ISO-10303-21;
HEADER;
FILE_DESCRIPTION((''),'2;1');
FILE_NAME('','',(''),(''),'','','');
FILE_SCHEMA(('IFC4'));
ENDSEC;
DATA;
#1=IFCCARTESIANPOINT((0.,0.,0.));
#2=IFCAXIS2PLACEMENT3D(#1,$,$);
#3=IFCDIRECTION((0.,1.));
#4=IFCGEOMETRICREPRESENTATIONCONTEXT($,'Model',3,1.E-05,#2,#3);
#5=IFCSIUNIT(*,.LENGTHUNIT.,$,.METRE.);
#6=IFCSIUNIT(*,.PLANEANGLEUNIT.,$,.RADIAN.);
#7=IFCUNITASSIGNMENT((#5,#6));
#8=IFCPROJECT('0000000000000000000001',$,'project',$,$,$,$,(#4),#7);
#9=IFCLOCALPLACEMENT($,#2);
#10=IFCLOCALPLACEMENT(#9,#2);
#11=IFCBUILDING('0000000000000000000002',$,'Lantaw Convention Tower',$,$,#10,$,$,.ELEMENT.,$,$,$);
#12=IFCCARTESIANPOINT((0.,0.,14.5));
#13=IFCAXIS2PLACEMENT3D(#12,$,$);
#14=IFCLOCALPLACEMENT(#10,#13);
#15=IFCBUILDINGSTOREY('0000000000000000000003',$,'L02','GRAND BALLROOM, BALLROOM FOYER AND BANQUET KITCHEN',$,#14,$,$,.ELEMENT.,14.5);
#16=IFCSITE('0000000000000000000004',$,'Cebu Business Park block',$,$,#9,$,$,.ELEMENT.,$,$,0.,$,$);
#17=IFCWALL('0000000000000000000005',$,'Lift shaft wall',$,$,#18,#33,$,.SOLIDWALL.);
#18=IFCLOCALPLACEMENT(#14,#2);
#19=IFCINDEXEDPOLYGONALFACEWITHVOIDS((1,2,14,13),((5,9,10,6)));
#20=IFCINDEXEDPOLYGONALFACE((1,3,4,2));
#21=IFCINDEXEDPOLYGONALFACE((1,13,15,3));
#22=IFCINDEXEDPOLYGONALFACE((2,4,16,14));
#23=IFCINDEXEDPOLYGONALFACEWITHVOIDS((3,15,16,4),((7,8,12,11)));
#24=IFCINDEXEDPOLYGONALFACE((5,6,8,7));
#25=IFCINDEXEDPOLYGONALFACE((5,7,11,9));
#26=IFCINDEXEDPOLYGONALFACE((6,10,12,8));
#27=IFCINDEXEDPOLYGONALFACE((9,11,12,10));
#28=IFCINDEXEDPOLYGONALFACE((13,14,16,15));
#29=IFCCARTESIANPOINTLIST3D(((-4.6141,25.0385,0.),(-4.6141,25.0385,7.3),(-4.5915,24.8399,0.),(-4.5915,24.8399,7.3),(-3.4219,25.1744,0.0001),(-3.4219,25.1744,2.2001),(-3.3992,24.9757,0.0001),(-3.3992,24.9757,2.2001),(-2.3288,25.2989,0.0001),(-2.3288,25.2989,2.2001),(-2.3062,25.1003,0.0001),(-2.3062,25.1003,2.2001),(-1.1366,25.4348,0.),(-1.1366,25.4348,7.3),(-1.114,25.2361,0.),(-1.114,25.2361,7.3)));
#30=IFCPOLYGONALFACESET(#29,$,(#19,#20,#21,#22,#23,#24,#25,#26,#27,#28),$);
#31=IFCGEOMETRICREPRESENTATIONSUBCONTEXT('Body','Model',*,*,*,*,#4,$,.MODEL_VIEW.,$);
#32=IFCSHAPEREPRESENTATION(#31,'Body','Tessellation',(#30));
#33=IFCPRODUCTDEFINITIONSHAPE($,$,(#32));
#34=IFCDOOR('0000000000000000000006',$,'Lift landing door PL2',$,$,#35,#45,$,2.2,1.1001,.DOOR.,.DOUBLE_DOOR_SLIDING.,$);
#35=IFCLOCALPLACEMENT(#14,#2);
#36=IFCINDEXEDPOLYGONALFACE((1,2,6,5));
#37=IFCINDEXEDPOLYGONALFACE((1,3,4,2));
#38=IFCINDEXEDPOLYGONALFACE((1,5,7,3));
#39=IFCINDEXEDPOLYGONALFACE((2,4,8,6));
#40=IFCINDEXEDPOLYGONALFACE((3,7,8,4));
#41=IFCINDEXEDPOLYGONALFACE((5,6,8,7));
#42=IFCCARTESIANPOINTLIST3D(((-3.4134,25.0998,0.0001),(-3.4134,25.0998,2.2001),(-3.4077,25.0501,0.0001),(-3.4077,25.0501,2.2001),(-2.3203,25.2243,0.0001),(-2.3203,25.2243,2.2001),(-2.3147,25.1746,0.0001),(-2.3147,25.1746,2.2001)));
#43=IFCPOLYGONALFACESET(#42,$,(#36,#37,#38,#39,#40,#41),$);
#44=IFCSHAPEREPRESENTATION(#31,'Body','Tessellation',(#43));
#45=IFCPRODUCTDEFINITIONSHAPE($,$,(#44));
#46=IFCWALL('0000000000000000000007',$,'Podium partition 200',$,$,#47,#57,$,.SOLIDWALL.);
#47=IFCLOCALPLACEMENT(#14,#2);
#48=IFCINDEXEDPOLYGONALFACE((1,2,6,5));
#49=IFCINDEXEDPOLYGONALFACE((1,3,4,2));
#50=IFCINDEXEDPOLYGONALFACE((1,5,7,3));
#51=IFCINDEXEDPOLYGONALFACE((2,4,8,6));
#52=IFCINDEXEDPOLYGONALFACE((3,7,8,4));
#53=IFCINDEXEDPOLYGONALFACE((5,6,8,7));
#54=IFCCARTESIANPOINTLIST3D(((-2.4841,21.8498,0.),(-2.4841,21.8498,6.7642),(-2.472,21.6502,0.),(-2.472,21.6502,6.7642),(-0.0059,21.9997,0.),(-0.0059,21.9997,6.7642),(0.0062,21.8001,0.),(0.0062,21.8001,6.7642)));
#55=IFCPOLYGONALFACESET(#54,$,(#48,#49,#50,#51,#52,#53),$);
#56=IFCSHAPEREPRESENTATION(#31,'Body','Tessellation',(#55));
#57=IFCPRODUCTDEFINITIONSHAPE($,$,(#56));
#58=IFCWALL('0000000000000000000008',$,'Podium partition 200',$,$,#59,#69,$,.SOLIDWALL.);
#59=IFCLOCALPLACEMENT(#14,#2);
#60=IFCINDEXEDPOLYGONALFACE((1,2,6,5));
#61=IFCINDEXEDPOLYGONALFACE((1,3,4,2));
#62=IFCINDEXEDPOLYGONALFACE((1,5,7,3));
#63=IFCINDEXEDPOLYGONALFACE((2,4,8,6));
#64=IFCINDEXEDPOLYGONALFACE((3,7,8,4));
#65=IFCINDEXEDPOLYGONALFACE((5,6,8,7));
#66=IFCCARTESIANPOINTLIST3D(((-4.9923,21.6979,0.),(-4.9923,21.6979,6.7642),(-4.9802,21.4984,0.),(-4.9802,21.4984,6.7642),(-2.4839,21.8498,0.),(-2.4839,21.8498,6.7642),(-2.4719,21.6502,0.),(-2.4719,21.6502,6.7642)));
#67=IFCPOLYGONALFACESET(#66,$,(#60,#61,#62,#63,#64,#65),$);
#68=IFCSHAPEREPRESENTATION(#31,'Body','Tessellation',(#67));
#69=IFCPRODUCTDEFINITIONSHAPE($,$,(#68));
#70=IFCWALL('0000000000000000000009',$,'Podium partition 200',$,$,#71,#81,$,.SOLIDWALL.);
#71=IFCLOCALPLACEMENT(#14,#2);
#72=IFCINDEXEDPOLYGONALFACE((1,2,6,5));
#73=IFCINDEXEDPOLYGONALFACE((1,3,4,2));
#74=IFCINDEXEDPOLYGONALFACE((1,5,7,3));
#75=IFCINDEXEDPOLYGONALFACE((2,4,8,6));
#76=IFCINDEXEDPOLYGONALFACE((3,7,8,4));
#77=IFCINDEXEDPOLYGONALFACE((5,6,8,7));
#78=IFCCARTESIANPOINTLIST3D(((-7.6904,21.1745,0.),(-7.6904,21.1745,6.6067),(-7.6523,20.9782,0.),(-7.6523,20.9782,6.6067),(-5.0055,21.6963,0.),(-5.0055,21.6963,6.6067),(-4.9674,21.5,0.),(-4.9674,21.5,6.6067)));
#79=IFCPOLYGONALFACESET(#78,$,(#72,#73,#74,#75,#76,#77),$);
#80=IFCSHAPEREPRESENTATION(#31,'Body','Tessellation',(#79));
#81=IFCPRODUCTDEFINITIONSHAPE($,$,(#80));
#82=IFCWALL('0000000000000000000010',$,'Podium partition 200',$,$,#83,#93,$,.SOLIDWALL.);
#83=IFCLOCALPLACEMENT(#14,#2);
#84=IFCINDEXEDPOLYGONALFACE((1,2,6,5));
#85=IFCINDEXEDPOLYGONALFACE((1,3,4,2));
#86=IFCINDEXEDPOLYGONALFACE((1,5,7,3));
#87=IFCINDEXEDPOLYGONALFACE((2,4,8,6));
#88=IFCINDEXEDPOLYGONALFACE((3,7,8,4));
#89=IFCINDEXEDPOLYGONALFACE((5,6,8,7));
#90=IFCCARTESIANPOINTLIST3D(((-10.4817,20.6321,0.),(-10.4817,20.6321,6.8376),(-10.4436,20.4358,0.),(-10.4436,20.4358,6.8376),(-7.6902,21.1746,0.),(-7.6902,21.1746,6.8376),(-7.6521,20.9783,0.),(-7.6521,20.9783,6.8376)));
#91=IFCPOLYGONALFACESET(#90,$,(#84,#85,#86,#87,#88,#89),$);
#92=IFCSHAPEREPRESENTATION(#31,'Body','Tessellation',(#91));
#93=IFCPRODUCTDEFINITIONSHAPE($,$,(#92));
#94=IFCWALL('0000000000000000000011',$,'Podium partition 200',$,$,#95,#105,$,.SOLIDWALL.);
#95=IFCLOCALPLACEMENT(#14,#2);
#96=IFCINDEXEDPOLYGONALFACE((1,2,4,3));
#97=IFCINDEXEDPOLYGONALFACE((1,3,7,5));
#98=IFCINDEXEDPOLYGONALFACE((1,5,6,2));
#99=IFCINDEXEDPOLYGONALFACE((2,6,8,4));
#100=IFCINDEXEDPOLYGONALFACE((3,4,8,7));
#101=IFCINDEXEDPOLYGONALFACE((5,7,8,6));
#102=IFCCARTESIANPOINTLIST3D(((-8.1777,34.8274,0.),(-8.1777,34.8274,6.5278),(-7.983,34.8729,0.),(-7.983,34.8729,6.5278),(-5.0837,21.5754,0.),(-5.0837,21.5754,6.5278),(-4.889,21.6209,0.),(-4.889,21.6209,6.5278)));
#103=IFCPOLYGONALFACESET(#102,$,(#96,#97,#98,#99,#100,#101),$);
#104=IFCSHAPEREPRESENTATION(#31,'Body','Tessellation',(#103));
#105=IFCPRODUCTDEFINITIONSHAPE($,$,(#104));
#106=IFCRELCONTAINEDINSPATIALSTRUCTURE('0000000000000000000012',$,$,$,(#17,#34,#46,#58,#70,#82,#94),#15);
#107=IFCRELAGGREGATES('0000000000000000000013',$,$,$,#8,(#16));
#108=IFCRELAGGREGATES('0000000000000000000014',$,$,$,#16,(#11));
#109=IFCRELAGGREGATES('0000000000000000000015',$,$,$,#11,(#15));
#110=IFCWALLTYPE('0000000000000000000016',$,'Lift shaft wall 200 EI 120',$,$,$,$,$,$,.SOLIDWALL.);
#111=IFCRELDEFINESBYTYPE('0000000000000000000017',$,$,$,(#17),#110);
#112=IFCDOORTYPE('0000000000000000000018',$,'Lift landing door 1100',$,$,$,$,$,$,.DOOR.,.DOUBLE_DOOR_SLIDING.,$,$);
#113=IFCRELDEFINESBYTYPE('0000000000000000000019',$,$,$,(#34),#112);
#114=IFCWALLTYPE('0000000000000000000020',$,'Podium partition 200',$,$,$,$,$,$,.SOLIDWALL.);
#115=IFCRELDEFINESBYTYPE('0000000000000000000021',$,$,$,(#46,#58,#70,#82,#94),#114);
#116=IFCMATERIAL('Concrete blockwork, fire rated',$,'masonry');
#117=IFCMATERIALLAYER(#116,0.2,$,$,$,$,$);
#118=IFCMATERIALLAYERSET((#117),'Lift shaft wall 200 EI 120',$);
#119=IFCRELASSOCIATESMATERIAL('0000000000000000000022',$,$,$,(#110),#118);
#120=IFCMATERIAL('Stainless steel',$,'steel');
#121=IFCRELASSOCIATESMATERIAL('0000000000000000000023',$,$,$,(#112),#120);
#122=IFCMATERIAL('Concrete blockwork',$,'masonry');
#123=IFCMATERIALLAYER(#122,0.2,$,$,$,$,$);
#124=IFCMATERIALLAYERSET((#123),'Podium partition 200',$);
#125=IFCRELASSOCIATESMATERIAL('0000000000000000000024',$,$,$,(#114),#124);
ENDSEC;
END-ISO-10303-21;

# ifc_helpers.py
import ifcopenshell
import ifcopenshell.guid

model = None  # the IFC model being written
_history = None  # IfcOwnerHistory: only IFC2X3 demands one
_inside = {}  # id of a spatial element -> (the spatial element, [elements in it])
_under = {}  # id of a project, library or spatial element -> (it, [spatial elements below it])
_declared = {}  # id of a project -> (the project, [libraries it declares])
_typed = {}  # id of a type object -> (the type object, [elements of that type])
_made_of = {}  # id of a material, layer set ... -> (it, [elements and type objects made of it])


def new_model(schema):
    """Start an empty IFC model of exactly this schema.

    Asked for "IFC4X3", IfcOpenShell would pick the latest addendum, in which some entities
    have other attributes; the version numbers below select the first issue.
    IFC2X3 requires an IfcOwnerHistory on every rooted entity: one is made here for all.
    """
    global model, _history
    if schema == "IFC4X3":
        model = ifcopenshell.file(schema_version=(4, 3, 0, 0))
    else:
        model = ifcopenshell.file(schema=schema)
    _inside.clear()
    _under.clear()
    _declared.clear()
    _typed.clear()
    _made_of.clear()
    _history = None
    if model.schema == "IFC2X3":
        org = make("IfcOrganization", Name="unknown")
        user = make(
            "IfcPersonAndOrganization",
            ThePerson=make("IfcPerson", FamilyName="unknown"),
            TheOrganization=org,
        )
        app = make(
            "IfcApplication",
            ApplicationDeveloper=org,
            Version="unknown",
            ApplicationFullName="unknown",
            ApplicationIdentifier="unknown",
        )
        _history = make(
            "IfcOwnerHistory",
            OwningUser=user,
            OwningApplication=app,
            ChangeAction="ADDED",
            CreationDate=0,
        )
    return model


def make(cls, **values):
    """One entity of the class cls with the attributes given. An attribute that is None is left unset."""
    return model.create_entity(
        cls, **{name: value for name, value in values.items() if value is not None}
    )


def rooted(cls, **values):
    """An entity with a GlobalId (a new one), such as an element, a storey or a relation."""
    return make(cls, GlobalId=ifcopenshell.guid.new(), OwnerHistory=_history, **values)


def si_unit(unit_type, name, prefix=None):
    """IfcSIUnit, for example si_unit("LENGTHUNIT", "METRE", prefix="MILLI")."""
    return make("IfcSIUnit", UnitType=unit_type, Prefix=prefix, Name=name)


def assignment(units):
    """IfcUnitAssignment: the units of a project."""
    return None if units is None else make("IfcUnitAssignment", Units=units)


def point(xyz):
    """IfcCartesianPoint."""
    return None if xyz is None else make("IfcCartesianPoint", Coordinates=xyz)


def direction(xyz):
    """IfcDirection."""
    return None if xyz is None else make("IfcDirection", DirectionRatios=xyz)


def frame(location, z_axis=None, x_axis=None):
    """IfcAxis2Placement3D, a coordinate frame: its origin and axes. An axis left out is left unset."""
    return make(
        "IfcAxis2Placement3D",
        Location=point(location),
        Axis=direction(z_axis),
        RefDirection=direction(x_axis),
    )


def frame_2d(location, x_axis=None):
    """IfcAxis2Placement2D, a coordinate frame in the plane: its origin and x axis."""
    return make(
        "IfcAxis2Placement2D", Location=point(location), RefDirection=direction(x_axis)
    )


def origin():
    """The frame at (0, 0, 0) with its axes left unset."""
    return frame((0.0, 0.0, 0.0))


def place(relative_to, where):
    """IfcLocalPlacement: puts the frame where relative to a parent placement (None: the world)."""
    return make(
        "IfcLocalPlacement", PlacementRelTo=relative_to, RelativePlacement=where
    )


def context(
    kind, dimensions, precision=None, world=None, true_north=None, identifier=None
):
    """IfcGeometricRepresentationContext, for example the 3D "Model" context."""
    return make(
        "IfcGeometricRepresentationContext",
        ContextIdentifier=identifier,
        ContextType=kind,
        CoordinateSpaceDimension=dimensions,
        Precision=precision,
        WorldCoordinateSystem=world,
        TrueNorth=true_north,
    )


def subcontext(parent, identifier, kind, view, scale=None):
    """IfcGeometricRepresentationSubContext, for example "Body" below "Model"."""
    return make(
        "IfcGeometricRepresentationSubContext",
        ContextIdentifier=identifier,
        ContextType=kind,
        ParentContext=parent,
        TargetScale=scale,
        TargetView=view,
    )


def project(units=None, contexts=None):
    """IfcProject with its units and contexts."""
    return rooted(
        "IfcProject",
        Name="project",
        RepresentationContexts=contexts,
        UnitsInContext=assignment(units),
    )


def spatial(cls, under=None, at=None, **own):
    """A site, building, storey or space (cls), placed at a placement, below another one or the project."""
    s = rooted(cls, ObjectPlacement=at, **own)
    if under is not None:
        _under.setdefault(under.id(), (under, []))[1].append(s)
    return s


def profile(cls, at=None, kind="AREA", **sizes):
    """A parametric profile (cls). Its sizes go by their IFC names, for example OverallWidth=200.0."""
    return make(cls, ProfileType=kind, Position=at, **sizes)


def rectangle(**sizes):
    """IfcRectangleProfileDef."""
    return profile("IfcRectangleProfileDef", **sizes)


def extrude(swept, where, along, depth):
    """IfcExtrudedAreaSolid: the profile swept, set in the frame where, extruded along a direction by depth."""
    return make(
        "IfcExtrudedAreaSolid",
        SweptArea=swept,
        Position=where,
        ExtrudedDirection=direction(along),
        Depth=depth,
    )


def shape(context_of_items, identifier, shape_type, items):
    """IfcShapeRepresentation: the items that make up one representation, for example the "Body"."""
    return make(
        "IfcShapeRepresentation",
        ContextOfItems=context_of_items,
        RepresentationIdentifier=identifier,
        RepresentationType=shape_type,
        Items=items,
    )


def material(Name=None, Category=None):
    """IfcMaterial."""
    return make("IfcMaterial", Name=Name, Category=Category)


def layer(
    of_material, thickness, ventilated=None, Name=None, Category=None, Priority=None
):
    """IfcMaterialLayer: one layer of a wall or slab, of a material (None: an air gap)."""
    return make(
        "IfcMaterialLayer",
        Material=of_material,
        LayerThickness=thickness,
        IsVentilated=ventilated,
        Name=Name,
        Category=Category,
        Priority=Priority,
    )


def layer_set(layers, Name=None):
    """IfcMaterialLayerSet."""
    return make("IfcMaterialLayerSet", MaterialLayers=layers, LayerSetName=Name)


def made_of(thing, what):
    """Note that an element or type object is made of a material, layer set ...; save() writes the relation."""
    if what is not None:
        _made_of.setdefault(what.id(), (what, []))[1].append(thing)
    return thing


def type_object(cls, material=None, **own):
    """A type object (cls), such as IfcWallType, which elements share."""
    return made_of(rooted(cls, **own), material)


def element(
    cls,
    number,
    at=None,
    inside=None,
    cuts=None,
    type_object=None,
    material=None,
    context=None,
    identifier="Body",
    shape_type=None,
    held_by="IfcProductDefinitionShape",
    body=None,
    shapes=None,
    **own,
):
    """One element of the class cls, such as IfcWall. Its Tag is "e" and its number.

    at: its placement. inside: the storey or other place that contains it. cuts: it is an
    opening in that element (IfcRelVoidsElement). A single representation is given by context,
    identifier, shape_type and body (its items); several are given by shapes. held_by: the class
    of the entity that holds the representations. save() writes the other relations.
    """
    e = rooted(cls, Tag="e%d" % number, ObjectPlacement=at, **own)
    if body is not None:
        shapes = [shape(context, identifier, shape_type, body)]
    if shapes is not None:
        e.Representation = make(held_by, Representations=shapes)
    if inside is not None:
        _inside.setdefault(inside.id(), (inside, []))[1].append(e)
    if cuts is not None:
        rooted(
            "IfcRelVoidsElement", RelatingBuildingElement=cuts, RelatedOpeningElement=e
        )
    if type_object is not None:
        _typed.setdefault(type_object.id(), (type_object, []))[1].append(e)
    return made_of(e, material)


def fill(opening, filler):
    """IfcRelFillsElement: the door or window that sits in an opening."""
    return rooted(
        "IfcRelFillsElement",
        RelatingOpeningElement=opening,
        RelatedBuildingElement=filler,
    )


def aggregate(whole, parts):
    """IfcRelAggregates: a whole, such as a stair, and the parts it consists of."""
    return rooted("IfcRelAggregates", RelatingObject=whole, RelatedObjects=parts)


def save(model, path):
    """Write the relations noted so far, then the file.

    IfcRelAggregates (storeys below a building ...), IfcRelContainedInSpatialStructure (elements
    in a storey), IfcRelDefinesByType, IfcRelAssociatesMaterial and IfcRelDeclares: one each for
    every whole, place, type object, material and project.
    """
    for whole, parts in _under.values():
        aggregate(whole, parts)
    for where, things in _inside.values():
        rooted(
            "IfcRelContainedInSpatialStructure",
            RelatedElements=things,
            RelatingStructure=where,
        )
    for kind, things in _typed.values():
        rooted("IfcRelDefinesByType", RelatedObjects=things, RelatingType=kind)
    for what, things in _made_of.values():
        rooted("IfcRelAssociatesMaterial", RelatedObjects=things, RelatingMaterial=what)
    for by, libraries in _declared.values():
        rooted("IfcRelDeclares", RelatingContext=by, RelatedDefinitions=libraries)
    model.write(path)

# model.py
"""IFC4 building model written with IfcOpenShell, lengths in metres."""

from ifc_helpers import new_model, si_unit, direction, frame, frame_2d, origin, place, context, subcontext, project, spatial, rectangle, extrude, material, layer, layer_set, type_object, element, fill, save


model = new_model("IFC4")

# Units and contexts
model_context = context("Model", 3, precision=1e-05, world=origin(), true_north=direction((0.0, 1.0)))
body_context = subcontext(model_context, "Body", "Model", "MODEL_VIEW")
ifc_project = project(units=[si_unit("LENGTHUNIT", "METRE"), si_unit("PLANEANGLEUNIT", "RADIAN")], contexts=[model_context])

# Site, building, storey
site_placement = place(None, origin())
site = spatial("IfcSite", under=ifc_project, at=site_placement, Name="Cebu Business Park block", CompositionType="ELEMENT", RefElevation=0.0)
building_placement = place(site_placement, origin())
building = spatial("IfcBuilding", under=site, at=building_placement, Name="Lantaw Convention Tower", CompositionType="ELEMENT")
storey_placement = place(building_placement, frame((0.0, 0.0, 14.5)))
storey = spatial("IfcBuildingStorey", under=building, at=storey_placement, Name="L02", Description="GRAND BALLROOM, BALLROOM FOYER AND BANQUET KITCHEN", CompositionType="ELEMENT", Elevation=14.5)

# Shared definitions
ifc_material_1 = material(Name="Concrete blockwork, fire rated", Category="masonry")
ifc_layer_1 = layer(ifc_material_1, 0.2)
ifc_layer_set_1 = layer_set([ifc_layer_1], Name="Lift shaft wall 200 EI 120")
wall_type_1 = type_object("IfcWallType", Name="Lift shaft wall 200 EI 120", PredefinedType="SOLIDWALL", material=ifc_layer_set_1)

# Wall, opening, door
wall_1_placement = place(storey_placement, frame((-4.6028, 24.9392, 0.0), z_axis=(0.0, 0.0, 1.0), x_axis=(0.993571, 0.11321, 0.0)))
wall_1 = element("IfcWall", 1, at=wall_1_placement, inside=storey, type_object=wall_type_1, Name="Lift shaft wall", PredefinedType="SOLIDWALL", context=body_context, shape_type="SweptSolid", body=[
    extrude(rectangle(XDim=3.5, YDim=0.2, at=frame_2d((1.75, 0.0))), origin(), (0.0, 0.0, 1.0), 7.3),
])
opening_1_placement = place(wall_1_placement, frame((1.2, 0.0, 0.0)))
opening_1 = element("IfcOpeningElement", 2, at=opening_1_placement, cuts=wall_1, PredefinedType="OPENING", context=body_context, shape_type="SweptSolid", body=[
    extrude(rectangle(XDim=1.1001, YDim=2.2, at=frame_2d((0.55, 1.1001))), frame((0.0, 0.1099, 0.0), z_axis=(0.0, -1.0, 0.0), x_axis=(1.0, 0.0, 0.0)), (0.0, 0.0, 1.0), 0.22),
])
ifc_material_2 = material(Name="Stainless steel", Category="steel")
door_type_1 = type_object("IfcDoorType", Name="Lift landing door 1100", OperationType="DOUBLE_DOOR_SLIDING", PredefinedType="DOOR", material=ifc_material_2)
door_1_placement = place(opening_1_placement, origin())
door_1 = element("IfcDoor", 3, at=door_1_placement, inside=storey, type_object=door_type_1, Name="Lift landing door PL2", OperationType="DOUBLE_DOOR_SLIDING", OverallHeight=2.2, OverallWidth=1.1001, PredefinedType="DOOR", context=body_context, shape_type="SweptSolid", body=[
    extrude(rectangle(XDim=1.1001, YDim=2.2, at=frame_2d((0.55, 1.1001))), frame((0.0, 0.0249, 0.0), z_axis=(0.0, -1.0, 0.0), x_axis=(1.0, 0.0, 0.0)), (0.0, 0.0, 1.0), 0.05),
])
fill(opening_1, door_1)

# Walls
ifc_material_3 = material(Name="Concrete blockwork", Category="masonry")
ifc_layer_2 = layer(ifc_material_3, 0.2)
ifc_layer_set_2 = layer_set([ifc_layer_2], Name="Podium partition 200")
wall_type_2 = type_object("IfcWallType", Name="Podium partition 200", PredefinedType="SOLIDWALL", material=ifc_layer_set_2)
wall_2_placement = place(storey_placement, frame((0.0, 21.8999, 0.0), z_axis=(0.0, 0.0, 1.0), x_axis=(-0.998175, -0.060382, 0.0)))
element("IfcWall", 4, at=wall_2_placement, inside=storey, type_object=wall_type_2, Name="Podium partition 200", PredefinedType="SOLIDWALL", context=body_context, shape_type="SweptSolid", body=[
    extrude(rectangle(XDim=2.4827, YDim=0.2, at=frame_2d((1.2412, 0.0))), origin(), (0.0, 0.0, 1.0), 6.7642),
])
wall_3_placement = place(storey_placement, frame((-2.478, 21.75, 0.0), z_axis=(0.0, 0.0, 1.0), x_axis=(-0.998172, -0.060431, 0.0)))
element("IfcWall", 5, at=wall_3_placement, inside=storey, type_object=wall_type_2, Name="Podium partition 200", PredefinedType="SOLIDWALL", context=body_context, shape_type="SweptSolid", body=[
    extrude(rectangle(XDim=2.5129, YDim=0.2, at=frame_2d((1.2563, 0.0))), origin(), (0.0, 0.0, 1.0), 6.7642),
])
wall_4_placement = place(storey_placement, frame((-4.9863, 21.5981, 0.0), z_axis=(0.0, 0.0, 1.0), x_axis=(-0.981637, -0.190757, 0.0)))
element("IfcWall", 6, at=wall_4_placement, inside=storey, type_object=wall_type_2, Name="Podium partition 200", PredefinedType="SOLIDWALL", context=body_context, shape_type="SweptSolid", body=[
    extrude(rectangle(XDim=2.7351, YDim=0.2, at=frame_2d((1.3677, 0.0))), origin(), (0.0, 0.0, 1.0), 6.6067),
])
wall_5_placement = place(storey_placement, frame((-7.6711, 21.0764, 0.0), z_axis=(0.0, 0.0, 1.0), x_axis=(-0.981636, -0.190764, 0.0)))
element("IfcWall", 7, at=wall_5_placement, inside=storey, type_object=wall_type_2, Name="Podium partition 200", PredefinedType="SOLIDWALL", context=body_context, shape_type="SweptSolid", body=[
    extrude(rectangle(XDim=2.8438, YDim=0.2, at=frame_2d((1.4219, 0.0))), origin(), (0.0, 0.0, 1.0), 6.8376),
])

# Wall
wall_6_placement = place(storey_placement, frame((-4.9863, 21.5981, 0.0), z_axis=(0.0, 0.0, 1.0), x_axis=(-0.22736, 0.973811, 0.0)))
element("IfcWall", 8, at=wall_6_placement, inside=storey, type_object=wall_type_2, Name="Podium partition 200", PredefinedType="SOLIDWALL", context=body_context, shape_type="SweptSolid", body=[
    extrude(rectangle(XDim=13.6084, YDim=0.2, at=frame_2d((6.8042, 0.0))), origin(), (0.0, 0.0, 1.0), 6.5278),
])

save(model, "model.ifc")
